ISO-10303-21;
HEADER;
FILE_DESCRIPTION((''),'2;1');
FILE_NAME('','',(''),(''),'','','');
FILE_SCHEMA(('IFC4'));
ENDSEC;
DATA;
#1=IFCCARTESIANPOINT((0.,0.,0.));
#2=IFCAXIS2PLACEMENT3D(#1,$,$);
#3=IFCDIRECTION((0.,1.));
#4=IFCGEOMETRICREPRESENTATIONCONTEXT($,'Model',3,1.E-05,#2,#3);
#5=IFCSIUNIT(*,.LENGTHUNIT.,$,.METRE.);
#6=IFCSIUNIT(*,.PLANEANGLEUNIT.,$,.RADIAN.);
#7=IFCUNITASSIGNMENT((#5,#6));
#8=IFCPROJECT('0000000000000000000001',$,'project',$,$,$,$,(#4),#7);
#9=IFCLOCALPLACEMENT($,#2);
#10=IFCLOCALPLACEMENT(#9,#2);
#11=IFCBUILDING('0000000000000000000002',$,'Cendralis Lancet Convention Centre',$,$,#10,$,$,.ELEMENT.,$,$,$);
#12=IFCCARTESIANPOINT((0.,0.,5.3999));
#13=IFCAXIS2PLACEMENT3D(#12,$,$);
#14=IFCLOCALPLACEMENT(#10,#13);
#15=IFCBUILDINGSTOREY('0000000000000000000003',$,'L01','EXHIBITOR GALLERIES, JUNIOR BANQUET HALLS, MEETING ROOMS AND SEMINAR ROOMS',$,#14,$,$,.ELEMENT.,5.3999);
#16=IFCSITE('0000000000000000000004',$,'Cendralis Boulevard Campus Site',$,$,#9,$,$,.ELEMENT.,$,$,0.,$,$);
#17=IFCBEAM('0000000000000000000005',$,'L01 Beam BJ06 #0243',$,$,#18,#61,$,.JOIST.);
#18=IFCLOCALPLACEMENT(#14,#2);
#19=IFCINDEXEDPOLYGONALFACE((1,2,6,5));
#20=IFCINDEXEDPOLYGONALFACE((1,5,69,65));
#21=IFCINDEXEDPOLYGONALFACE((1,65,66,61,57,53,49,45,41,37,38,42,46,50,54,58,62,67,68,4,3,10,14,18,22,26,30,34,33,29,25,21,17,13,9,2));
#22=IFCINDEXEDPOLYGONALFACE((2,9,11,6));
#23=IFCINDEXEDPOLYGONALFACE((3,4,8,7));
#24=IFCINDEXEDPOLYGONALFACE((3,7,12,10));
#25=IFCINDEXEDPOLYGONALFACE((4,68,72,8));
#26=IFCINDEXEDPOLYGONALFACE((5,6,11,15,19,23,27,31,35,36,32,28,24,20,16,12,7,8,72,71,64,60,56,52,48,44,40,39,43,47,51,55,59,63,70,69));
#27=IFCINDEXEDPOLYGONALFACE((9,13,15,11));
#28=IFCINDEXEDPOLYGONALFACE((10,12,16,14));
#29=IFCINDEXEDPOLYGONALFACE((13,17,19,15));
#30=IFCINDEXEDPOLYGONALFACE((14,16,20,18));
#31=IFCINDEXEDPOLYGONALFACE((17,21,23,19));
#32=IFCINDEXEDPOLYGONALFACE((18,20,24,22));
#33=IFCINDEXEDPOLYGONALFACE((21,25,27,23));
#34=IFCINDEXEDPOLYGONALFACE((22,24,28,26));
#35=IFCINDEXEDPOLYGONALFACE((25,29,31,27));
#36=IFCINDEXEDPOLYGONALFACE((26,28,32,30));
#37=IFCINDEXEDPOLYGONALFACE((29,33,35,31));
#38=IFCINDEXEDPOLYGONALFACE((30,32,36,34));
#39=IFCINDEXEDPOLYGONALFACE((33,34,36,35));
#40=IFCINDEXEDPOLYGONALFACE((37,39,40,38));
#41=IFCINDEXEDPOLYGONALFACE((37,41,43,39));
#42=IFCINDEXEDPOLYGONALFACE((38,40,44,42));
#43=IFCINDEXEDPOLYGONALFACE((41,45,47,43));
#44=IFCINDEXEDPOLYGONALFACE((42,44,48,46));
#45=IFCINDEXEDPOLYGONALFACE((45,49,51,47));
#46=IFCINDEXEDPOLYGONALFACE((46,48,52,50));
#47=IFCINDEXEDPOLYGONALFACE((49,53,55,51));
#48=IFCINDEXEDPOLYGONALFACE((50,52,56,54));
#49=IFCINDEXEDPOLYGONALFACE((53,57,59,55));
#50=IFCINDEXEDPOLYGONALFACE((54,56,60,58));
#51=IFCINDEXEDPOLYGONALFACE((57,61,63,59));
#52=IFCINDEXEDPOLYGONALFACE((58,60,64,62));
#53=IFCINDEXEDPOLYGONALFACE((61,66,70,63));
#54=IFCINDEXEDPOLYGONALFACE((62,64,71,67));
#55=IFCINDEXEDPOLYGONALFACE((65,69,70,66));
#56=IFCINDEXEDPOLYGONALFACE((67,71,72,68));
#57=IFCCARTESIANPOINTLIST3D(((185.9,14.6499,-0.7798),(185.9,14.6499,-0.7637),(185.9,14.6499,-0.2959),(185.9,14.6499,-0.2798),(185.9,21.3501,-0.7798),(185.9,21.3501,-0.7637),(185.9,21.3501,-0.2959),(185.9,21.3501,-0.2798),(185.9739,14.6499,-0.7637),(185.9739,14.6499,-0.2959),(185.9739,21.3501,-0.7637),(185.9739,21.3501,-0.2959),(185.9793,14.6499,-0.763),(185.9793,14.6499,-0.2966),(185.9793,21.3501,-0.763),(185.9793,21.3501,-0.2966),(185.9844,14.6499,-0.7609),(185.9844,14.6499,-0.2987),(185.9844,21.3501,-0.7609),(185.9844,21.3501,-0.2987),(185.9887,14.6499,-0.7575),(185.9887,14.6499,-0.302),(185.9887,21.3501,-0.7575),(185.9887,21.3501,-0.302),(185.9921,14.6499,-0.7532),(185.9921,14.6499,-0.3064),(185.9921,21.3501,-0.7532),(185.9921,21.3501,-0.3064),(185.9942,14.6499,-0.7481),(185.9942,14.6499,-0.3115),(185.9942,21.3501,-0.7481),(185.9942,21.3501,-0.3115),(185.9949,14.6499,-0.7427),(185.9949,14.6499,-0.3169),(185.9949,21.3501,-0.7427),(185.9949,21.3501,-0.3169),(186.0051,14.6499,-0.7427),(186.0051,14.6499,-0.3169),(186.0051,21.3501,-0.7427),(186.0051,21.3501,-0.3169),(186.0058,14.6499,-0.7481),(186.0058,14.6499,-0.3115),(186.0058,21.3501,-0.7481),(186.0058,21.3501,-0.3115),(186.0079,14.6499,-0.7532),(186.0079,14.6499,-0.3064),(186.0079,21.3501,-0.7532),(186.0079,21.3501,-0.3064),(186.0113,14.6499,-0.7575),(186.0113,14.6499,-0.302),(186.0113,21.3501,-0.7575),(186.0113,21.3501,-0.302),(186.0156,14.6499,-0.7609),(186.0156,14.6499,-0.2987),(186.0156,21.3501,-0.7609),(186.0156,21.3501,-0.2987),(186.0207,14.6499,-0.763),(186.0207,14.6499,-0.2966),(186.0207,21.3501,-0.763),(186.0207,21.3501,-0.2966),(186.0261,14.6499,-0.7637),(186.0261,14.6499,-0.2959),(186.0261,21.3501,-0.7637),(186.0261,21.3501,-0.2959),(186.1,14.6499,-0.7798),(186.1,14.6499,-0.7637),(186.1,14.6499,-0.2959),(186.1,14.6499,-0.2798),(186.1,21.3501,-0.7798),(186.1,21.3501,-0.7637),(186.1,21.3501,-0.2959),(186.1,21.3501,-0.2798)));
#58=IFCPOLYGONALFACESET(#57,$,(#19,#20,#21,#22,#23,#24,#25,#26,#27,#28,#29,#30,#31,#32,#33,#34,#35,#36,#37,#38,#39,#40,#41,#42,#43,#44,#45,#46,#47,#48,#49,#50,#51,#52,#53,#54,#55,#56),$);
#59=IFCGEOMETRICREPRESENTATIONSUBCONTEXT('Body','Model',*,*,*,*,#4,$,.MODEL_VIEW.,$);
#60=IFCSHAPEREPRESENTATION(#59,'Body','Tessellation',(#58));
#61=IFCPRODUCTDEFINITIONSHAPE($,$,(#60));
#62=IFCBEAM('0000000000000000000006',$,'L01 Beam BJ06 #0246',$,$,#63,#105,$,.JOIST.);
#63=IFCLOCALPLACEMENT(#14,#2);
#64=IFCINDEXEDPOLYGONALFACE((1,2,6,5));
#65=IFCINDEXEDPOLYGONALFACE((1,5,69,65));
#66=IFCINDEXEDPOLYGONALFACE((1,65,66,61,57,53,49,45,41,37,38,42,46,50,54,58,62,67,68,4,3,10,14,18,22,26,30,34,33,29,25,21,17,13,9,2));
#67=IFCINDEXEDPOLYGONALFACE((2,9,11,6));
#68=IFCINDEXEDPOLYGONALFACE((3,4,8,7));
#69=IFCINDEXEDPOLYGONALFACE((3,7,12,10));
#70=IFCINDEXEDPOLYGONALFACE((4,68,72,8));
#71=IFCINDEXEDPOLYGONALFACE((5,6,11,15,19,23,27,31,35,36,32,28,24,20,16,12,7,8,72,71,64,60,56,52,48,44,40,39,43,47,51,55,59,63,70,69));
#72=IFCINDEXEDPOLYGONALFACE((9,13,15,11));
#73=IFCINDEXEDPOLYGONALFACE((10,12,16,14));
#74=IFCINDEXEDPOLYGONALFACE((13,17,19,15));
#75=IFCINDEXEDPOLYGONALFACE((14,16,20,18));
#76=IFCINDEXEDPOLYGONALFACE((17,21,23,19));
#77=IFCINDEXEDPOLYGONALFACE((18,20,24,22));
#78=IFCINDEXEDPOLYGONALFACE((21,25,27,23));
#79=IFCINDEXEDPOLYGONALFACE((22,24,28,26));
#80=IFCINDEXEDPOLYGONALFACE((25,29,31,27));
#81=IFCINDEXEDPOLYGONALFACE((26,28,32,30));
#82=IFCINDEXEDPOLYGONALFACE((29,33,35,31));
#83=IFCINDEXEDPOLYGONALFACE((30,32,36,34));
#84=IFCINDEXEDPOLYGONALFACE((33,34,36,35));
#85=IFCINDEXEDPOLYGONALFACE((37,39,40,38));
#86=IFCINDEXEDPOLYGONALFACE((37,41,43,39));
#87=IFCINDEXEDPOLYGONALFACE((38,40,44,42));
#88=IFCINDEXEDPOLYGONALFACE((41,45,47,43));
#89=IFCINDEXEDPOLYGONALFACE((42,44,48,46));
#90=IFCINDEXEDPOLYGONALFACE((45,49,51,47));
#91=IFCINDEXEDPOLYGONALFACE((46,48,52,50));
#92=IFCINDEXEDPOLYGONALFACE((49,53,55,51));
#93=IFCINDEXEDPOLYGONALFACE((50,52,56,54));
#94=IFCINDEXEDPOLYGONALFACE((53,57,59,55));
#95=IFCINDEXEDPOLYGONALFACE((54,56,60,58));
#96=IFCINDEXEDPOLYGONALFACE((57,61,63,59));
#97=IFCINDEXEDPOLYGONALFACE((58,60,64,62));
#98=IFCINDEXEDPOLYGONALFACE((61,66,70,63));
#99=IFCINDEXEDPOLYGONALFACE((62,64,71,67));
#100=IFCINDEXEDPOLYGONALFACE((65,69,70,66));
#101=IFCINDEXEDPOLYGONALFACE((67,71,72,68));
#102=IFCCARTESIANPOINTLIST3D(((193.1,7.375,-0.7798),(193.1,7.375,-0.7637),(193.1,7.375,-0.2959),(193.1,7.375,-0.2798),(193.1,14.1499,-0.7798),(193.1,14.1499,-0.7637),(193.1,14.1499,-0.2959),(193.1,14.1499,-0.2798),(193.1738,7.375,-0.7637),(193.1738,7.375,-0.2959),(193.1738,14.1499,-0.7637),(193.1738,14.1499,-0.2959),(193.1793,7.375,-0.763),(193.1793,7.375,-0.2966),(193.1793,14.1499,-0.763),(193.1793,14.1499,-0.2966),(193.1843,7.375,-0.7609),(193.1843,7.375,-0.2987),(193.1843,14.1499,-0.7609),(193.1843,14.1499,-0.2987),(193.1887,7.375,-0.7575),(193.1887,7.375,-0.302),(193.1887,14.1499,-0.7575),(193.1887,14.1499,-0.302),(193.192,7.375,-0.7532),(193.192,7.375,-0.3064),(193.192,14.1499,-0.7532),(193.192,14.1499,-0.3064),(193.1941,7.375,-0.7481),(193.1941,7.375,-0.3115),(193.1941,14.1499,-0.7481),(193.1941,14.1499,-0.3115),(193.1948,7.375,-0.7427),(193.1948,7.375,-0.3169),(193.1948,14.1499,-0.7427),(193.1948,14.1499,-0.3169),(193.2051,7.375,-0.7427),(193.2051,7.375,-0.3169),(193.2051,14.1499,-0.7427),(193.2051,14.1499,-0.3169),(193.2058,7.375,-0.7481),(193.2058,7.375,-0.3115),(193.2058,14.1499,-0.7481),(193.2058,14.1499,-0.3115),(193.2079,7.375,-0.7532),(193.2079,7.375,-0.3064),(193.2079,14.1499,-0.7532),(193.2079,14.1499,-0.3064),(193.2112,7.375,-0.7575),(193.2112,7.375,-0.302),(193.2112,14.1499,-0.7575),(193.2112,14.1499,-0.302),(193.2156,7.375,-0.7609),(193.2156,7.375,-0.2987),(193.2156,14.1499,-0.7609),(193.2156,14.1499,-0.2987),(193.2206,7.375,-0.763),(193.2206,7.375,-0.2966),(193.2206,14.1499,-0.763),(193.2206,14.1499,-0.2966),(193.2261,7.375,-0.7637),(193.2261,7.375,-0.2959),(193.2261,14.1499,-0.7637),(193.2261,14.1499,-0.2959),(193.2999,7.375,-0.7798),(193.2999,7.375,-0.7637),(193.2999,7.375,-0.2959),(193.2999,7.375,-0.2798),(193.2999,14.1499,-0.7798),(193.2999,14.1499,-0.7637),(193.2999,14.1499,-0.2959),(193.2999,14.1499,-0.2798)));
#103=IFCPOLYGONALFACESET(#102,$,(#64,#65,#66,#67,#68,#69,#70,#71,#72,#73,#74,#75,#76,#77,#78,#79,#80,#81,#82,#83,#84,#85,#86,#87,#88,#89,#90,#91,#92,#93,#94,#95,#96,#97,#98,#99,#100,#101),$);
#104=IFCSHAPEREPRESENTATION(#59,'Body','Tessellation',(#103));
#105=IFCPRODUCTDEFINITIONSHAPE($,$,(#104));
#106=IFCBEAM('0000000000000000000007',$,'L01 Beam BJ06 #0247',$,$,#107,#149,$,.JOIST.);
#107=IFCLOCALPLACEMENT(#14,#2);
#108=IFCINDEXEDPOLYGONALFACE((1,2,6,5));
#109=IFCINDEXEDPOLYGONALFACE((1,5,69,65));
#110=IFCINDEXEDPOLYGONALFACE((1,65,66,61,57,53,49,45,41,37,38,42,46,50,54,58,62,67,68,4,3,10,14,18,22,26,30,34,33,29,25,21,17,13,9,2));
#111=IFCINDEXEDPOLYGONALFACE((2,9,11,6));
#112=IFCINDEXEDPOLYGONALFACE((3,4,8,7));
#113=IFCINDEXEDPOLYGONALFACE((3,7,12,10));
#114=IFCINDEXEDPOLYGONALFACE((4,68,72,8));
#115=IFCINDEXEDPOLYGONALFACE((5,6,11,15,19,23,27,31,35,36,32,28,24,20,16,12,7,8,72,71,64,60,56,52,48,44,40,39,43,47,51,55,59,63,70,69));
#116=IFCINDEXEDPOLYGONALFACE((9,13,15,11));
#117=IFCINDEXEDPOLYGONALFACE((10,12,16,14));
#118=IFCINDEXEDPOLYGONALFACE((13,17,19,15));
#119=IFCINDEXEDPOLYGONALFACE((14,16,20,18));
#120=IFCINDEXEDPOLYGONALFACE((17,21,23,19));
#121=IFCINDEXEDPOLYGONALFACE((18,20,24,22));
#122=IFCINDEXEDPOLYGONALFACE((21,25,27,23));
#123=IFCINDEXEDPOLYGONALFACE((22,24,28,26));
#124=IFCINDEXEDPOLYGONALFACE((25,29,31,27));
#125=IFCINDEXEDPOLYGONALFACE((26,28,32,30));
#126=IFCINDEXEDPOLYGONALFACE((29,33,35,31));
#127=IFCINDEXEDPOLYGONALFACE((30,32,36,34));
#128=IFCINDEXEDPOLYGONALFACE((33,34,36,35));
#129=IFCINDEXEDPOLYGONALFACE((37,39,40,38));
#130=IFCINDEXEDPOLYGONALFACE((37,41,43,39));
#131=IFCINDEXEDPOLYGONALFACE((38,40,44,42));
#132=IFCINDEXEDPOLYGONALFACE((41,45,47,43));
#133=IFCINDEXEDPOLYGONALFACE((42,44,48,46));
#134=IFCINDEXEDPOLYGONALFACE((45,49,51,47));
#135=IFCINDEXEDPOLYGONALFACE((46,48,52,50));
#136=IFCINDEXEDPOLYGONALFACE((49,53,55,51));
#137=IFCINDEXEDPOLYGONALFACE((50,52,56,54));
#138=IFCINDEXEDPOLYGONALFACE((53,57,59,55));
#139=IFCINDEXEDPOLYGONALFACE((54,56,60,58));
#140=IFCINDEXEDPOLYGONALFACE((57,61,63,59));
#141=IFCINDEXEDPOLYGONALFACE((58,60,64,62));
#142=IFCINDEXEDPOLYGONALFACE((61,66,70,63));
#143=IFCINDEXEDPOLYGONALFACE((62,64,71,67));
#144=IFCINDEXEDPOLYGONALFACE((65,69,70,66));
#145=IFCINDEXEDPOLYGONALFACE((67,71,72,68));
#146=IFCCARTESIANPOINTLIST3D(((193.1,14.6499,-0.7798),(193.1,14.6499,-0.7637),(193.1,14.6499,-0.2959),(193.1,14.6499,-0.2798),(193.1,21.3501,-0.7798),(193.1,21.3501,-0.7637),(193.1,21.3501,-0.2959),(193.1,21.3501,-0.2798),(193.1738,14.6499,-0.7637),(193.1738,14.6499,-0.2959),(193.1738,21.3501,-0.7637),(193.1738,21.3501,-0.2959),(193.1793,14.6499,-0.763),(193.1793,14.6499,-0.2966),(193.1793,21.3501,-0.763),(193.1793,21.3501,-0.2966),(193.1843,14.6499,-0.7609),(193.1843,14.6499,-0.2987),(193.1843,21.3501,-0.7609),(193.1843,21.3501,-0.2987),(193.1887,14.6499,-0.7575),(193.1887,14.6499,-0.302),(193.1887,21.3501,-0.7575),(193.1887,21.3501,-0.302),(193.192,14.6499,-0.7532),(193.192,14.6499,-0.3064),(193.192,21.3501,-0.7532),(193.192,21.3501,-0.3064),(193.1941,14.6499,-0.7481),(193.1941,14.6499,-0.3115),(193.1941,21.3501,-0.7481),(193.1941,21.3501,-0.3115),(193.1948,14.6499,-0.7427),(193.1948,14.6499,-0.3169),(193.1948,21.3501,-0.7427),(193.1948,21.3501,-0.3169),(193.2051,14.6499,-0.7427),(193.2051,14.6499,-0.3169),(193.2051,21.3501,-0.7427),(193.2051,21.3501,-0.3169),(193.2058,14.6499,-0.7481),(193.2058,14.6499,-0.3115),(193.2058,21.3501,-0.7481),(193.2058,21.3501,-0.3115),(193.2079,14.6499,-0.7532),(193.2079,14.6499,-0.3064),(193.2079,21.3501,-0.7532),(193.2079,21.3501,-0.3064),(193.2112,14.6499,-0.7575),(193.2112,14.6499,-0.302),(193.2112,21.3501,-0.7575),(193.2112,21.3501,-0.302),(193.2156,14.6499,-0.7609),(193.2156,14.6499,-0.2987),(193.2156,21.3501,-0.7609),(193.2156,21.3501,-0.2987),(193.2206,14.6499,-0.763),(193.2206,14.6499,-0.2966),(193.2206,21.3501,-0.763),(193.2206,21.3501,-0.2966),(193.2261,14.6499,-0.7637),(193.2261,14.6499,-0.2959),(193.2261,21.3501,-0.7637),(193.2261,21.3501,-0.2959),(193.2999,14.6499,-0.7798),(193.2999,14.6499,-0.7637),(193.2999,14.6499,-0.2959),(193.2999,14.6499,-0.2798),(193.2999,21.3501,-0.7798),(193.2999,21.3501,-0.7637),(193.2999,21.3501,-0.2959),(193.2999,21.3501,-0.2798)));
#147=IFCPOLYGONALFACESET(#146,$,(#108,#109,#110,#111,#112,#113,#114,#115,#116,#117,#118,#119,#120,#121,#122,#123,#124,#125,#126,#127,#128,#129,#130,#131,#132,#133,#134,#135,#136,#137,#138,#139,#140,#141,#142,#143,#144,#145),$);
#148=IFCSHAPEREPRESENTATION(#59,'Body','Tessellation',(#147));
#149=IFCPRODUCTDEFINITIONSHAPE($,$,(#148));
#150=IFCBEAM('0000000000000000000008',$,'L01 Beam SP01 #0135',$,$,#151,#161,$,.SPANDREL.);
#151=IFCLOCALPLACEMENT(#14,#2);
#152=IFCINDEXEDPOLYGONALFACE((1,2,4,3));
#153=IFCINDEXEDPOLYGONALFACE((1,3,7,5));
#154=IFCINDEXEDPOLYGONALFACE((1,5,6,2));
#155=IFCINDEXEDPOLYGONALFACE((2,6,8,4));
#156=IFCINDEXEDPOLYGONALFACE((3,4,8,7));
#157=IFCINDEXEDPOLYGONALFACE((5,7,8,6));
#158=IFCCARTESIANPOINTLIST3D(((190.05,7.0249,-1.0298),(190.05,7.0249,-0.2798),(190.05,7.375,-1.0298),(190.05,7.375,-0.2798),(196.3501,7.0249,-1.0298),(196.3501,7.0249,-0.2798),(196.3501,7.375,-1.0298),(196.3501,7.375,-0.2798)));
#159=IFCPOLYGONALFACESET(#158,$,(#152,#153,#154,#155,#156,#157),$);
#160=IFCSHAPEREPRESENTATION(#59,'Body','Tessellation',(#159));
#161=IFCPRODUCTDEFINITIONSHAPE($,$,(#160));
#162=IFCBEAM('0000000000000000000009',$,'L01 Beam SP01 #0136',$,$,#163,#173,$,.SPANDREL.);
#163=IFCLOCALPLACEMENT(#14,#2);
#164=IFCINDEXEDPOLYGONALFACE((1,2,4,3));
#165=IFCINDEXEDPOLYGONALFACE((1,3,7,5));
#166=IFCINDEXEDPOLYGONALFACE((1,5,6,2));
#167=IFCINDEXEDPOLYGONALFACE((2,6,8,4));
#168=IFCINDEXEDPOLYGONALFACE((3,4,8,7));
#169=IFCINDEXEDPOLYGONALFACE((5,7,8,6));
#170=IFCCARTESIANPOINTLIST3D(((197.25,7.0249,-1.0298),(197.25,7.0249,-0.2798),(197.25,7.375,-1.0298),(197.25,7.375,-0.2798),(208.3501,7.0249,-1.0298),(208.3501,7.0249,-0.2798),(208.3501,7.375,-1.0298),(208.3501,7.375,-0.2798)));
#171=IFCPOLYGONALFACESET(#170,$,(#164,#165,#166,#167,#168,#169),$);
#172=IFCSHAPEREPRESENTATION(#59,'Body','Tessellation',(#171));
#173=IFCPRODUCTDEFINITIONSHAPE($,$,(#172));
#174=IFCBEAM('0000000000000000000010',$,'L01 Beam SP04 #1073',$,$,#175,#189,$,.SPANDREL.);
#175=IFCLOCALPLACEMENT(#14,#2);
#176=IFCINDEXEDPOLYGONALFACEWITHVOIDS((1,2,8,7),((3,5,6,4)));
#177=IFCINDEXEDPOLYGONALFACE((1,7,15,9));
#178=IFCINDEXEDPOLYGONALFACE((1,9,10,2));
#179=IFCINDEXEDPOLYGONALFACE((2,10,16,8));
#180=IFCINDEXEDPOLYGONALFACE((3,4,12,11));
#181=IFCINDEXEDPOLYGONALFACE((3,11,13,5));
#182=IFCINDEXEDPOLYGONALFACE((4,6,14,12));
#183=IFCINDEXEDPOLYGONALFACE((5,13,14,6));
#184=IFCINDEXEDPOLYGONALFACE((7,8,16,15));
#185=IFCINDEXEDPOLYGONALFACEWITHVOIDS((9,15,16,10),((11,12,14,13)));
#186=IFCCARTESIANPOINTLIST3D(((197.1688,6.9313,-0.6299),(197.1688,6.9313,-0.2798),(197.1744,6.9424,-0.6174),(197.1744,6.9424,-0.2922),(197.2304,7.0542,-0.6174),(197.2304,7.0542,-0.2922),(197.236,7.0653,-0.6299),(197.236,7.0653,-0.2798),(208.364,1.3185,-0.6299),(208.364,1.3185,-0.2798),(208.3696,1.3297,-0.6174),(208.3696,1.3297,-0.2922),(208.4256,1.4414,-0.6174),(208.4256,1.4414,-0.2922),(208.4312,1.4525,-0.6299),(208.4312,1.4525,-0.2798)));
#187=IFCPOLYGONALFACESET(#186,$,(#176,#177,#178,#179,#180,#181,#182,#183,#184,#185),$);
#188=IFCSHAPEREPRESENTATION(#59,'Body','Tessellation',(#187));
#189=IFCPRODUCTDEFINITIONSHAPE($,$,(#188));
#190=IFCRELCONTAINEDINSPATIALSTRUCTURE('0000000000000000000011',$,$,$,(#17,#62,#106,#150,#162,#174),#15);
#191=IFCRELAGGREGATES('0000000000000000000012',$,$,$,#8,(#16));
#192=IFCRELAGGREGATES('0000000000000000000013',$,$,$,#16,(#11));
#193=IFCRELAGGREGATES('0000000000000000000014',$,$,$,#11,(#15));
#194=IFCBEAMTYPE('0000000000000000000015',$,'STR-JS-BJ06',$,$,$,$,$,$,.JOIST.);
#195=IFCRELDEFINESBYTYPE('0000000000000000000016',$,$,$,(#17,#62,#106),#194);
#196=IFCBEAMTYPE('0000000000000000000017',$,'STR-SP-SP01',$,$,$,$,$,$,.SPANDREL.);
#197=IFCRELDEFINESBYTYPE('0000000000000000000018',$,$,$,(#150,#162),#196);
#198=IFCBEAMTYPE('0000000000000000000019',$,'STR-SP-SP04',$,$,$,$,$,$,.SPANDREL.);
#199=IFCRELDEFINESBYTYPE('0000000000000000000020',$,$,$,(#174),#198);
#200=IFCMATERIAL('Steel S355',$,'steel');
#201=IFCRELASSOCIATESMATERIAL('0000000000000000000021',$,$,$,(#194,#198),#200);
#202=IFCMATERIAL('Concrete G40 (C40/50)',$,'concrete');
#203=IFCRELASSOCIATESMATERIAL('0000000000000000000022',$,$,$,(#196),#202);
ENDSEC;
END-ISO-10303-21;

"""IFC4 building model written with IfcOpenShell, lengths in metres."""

from ifc_helpers import new_model, si_unit, direction, frame, origin, origin_2d, place, context, subcontext, project, spatial, rectangle, hollow_rectangle, i_section, extrude, material, material_profile, profile_set, type_object, element, save


model = new_model("IFC4")

# Units and contexts
model_context = context("Model", 3, precision=1e-05, world=origin(), true_north=direction((0.0, 1.0)))
body_context = subcontext(model_context, "Body", "Model", "MODEL_VIEW")
ifc_project = project(units=[si_unit("LENGTHUNIT", "METRE"), si_unit("PLANEANGLEUNIT", "RADIAN")], contexts=[model_context])

# Site, building, storey
site_placement = place(None, origin())
site = spatial("IfcSite", under=ifc_project, at=site_placement, Name="Cendralis Boulevard Campus Site", CompositionType="ELEMENT", RefElevation=0.0)
building_placement = place(site_placement, origin())
building = spatial("IfcBuilding", under=site, at=building_placement, Name="Cendralis Lancet Convention Centre", CompositionType="ELEMENT")
storey_placement = place(building_placement, frame((0.0, 0.0, 5.3999)))
storey = spatial("IfcBuildingStorey", under=building, at=storey_placement, Name="L01", Description="EXHIBITOR GALLERIES, JUNIOR BANQUET HALLS, MEETING ROOMS AND SEMINAR ROOMS", CompositionType="ELEMENT", Elevation=5.3999)

# Shared definitions
ifc_material_1 = material(Name="Concrete G40 (C40/50)", Category="concrete")

# Beams
ifc_material_2 = material(Name="Steel S355", Category="steel")
ifc_material_profile_1 = material_profile(ifc_material_2, i_section(OverallWidth=0.2, OverallDepth=0.5, WebThickness=0.0103, FlangeThickness=0.0161, FilletRadius=0.021, at=origin_2d()), Name="IPE 500")
ifc_profile_set_1 = profile_set([ifc_material_profile_1], Name="Steel S355")
beam_type_1 = type_object("IfcBeamType", Name="STR-JS-BJ06", PredefinedType="JOIST", material=ifc_profile_set_1)
beam_1_placement = place(storey_placement, frame((186.0, 14.6499, -0.5298), z_axis=(0.0, 1.0, 0.0), x_axis=(-1.0, 0.0, 0.0)))
element("IfcBeam", 1, at=beam_1_placement, inside=storey, type_object=beam_type_1, Name="L01 Beam BJ06 #0243", PredefinedType="JOIST", context=body_context, shape_type="SweptSolid", body=[
    extrude(i_section(OverallWidth=0.2, OverallDepth=0.5, WebThickness=0.0103, FlangeThickness=0.0161, FilletRadius=0.021, at=origin_2d()), origin(), (0.0, 0.0, 1.0), 6.7002),
])
beam_2_placement = place(storey_placement, frame((193.2, 7.375, -0.5298), z_axis=(0.0, 1.0, 0.0), x_axis=(-1.0, 0.0, 0.0)))
element("IfcBeam", 2, at=beam_2_placement, inside=storey, type_object=beam_type_1, Name="L01 Beam BJ06 #0246", PredefinedType="JOIST", context=body_context, shape_type="SweptSolid", body=[
    extrude(i_section(OverallWidth=0.2, OverallDepth=0.5, WebThickness=0.0103, FlangeThickness=0.0161, FilletRadius=0.021, at=origin_2d()), origin(), (0.0, 0.0, 1.0), 6.7749),
])
beam_3_placement = place(storey_placement, frame((193.2, 14.6499, -0.5298), z_axis=(0.0, 1.0, 0.0), x_axis=(-1.0, 0.0, 0.0)))
element("IfcBeam", 3, at=beam_3_placement, inside=storey, type_object=beam_type_1, Name="L01 Beam BJ06 #0247", PredefinedType="JOIST", context=body_context, shape_type="SweptSolid", body=[
    extrude(i_section(OverallWidth=0.2, OverallDepth=0.5, WebThickness=0.0103, FlangeThickness=0.0161, FilletRadius=0.021, at=origin_2d()), origin(), (0.0, 0.0, 1.0), 6.7002),
])
ifc_material_profile_2 = material_profile(ifc_material_1, rectangle(XDim=0.3501, YDim=0.75, at=origin_2d()), Name="RCB 350x750")
ifc_profile_set_2 = profile_set([ifc_material_profile_2], Name="Concrete G40 (C40/50)")
beam_type_2 = type_object("IfcBeamType", Name="STR-SP-SP01", PredefinedType="SPANDREL", material=ifc_profile_set_2)
beam_4_placement = place(storey_placement, frame((190.05, 7.2, -0.6548), z_axis=(1.0, 0.0, 0.0), x_axis=(0.0, 1.0, 0.0)))
element("IfcBeam", 4, at=beam_4_placement, inside=storey, type_object=beam_type_2, Name="L01 Beam SP01 #0135", PredefinedType="SPANDREL", context=body_context, shape_type="SweptSolid", body=[
    extrude(rectangle(XDim=0.3501, YDim=0.75, at=origin_2d()), origin(), (0.0, 0.0, 1.0), 6.3),
])
beam_5_placement = place(storey_placement, frame((197.25, 7.2, -0.6548), z_axis=(1.0, 0.0, 0.0), x_axis=(0.0, 1.0, 0.0)))
element("IfcBeam", 5, at=beam_5_placement, inside=storey, type_object=beam_type_2, Name="L01 Beam SP01 #0136", PredefinedType="SPANDREL", context=body_context, shape_type="SweptSolid", body=[
    extrude(rectangle(XDim=0.3501, YDim=0.75, at=origin_2d()), origin(), (0.0, 0.0, 1.0), 11.1001),
])
ifc_material_profile_3 = material_profile(ifc_material_2, hollow_rectangle(XDim=0.1499, YDim=0.3501, WallThickness=0.0125, at=origin_2d()), Name="RHS 350x150x12.5")
ifc_profile_set_3 = profile_set([ifc_material_profile_3], Name="Steel S355")
beam_type_3 = type_object("IfcBeamType", Name="STR-SP-SP04", PredefinedType="SPANDREL", material=ifc_profile_set_3)
beam_6_placement = place(storey_placement, frame((197.2024, 6.9983, -0.4548), z_axis=(0.893943, -0.44818, 0.0), x_axis=(0.44818, 0.893943, 0.0)))
element("IfcBeam", 6, at=beam_6_placement, inside=storey, type_object=beam_type_3, Name="L01 Beam SP04 #1073", PredefinedType="SPANDREL", context=body_context, shape_type="SweptSolid", body=[
    extrude(hollow_rectangle(XDim=0.1499, YDim=0.3501, WallThickness=0.0125, at=origin_2d()), origin(), (0.0, 0.0, 1.0), 12.5234),
])

save(model, "model.ifc")
